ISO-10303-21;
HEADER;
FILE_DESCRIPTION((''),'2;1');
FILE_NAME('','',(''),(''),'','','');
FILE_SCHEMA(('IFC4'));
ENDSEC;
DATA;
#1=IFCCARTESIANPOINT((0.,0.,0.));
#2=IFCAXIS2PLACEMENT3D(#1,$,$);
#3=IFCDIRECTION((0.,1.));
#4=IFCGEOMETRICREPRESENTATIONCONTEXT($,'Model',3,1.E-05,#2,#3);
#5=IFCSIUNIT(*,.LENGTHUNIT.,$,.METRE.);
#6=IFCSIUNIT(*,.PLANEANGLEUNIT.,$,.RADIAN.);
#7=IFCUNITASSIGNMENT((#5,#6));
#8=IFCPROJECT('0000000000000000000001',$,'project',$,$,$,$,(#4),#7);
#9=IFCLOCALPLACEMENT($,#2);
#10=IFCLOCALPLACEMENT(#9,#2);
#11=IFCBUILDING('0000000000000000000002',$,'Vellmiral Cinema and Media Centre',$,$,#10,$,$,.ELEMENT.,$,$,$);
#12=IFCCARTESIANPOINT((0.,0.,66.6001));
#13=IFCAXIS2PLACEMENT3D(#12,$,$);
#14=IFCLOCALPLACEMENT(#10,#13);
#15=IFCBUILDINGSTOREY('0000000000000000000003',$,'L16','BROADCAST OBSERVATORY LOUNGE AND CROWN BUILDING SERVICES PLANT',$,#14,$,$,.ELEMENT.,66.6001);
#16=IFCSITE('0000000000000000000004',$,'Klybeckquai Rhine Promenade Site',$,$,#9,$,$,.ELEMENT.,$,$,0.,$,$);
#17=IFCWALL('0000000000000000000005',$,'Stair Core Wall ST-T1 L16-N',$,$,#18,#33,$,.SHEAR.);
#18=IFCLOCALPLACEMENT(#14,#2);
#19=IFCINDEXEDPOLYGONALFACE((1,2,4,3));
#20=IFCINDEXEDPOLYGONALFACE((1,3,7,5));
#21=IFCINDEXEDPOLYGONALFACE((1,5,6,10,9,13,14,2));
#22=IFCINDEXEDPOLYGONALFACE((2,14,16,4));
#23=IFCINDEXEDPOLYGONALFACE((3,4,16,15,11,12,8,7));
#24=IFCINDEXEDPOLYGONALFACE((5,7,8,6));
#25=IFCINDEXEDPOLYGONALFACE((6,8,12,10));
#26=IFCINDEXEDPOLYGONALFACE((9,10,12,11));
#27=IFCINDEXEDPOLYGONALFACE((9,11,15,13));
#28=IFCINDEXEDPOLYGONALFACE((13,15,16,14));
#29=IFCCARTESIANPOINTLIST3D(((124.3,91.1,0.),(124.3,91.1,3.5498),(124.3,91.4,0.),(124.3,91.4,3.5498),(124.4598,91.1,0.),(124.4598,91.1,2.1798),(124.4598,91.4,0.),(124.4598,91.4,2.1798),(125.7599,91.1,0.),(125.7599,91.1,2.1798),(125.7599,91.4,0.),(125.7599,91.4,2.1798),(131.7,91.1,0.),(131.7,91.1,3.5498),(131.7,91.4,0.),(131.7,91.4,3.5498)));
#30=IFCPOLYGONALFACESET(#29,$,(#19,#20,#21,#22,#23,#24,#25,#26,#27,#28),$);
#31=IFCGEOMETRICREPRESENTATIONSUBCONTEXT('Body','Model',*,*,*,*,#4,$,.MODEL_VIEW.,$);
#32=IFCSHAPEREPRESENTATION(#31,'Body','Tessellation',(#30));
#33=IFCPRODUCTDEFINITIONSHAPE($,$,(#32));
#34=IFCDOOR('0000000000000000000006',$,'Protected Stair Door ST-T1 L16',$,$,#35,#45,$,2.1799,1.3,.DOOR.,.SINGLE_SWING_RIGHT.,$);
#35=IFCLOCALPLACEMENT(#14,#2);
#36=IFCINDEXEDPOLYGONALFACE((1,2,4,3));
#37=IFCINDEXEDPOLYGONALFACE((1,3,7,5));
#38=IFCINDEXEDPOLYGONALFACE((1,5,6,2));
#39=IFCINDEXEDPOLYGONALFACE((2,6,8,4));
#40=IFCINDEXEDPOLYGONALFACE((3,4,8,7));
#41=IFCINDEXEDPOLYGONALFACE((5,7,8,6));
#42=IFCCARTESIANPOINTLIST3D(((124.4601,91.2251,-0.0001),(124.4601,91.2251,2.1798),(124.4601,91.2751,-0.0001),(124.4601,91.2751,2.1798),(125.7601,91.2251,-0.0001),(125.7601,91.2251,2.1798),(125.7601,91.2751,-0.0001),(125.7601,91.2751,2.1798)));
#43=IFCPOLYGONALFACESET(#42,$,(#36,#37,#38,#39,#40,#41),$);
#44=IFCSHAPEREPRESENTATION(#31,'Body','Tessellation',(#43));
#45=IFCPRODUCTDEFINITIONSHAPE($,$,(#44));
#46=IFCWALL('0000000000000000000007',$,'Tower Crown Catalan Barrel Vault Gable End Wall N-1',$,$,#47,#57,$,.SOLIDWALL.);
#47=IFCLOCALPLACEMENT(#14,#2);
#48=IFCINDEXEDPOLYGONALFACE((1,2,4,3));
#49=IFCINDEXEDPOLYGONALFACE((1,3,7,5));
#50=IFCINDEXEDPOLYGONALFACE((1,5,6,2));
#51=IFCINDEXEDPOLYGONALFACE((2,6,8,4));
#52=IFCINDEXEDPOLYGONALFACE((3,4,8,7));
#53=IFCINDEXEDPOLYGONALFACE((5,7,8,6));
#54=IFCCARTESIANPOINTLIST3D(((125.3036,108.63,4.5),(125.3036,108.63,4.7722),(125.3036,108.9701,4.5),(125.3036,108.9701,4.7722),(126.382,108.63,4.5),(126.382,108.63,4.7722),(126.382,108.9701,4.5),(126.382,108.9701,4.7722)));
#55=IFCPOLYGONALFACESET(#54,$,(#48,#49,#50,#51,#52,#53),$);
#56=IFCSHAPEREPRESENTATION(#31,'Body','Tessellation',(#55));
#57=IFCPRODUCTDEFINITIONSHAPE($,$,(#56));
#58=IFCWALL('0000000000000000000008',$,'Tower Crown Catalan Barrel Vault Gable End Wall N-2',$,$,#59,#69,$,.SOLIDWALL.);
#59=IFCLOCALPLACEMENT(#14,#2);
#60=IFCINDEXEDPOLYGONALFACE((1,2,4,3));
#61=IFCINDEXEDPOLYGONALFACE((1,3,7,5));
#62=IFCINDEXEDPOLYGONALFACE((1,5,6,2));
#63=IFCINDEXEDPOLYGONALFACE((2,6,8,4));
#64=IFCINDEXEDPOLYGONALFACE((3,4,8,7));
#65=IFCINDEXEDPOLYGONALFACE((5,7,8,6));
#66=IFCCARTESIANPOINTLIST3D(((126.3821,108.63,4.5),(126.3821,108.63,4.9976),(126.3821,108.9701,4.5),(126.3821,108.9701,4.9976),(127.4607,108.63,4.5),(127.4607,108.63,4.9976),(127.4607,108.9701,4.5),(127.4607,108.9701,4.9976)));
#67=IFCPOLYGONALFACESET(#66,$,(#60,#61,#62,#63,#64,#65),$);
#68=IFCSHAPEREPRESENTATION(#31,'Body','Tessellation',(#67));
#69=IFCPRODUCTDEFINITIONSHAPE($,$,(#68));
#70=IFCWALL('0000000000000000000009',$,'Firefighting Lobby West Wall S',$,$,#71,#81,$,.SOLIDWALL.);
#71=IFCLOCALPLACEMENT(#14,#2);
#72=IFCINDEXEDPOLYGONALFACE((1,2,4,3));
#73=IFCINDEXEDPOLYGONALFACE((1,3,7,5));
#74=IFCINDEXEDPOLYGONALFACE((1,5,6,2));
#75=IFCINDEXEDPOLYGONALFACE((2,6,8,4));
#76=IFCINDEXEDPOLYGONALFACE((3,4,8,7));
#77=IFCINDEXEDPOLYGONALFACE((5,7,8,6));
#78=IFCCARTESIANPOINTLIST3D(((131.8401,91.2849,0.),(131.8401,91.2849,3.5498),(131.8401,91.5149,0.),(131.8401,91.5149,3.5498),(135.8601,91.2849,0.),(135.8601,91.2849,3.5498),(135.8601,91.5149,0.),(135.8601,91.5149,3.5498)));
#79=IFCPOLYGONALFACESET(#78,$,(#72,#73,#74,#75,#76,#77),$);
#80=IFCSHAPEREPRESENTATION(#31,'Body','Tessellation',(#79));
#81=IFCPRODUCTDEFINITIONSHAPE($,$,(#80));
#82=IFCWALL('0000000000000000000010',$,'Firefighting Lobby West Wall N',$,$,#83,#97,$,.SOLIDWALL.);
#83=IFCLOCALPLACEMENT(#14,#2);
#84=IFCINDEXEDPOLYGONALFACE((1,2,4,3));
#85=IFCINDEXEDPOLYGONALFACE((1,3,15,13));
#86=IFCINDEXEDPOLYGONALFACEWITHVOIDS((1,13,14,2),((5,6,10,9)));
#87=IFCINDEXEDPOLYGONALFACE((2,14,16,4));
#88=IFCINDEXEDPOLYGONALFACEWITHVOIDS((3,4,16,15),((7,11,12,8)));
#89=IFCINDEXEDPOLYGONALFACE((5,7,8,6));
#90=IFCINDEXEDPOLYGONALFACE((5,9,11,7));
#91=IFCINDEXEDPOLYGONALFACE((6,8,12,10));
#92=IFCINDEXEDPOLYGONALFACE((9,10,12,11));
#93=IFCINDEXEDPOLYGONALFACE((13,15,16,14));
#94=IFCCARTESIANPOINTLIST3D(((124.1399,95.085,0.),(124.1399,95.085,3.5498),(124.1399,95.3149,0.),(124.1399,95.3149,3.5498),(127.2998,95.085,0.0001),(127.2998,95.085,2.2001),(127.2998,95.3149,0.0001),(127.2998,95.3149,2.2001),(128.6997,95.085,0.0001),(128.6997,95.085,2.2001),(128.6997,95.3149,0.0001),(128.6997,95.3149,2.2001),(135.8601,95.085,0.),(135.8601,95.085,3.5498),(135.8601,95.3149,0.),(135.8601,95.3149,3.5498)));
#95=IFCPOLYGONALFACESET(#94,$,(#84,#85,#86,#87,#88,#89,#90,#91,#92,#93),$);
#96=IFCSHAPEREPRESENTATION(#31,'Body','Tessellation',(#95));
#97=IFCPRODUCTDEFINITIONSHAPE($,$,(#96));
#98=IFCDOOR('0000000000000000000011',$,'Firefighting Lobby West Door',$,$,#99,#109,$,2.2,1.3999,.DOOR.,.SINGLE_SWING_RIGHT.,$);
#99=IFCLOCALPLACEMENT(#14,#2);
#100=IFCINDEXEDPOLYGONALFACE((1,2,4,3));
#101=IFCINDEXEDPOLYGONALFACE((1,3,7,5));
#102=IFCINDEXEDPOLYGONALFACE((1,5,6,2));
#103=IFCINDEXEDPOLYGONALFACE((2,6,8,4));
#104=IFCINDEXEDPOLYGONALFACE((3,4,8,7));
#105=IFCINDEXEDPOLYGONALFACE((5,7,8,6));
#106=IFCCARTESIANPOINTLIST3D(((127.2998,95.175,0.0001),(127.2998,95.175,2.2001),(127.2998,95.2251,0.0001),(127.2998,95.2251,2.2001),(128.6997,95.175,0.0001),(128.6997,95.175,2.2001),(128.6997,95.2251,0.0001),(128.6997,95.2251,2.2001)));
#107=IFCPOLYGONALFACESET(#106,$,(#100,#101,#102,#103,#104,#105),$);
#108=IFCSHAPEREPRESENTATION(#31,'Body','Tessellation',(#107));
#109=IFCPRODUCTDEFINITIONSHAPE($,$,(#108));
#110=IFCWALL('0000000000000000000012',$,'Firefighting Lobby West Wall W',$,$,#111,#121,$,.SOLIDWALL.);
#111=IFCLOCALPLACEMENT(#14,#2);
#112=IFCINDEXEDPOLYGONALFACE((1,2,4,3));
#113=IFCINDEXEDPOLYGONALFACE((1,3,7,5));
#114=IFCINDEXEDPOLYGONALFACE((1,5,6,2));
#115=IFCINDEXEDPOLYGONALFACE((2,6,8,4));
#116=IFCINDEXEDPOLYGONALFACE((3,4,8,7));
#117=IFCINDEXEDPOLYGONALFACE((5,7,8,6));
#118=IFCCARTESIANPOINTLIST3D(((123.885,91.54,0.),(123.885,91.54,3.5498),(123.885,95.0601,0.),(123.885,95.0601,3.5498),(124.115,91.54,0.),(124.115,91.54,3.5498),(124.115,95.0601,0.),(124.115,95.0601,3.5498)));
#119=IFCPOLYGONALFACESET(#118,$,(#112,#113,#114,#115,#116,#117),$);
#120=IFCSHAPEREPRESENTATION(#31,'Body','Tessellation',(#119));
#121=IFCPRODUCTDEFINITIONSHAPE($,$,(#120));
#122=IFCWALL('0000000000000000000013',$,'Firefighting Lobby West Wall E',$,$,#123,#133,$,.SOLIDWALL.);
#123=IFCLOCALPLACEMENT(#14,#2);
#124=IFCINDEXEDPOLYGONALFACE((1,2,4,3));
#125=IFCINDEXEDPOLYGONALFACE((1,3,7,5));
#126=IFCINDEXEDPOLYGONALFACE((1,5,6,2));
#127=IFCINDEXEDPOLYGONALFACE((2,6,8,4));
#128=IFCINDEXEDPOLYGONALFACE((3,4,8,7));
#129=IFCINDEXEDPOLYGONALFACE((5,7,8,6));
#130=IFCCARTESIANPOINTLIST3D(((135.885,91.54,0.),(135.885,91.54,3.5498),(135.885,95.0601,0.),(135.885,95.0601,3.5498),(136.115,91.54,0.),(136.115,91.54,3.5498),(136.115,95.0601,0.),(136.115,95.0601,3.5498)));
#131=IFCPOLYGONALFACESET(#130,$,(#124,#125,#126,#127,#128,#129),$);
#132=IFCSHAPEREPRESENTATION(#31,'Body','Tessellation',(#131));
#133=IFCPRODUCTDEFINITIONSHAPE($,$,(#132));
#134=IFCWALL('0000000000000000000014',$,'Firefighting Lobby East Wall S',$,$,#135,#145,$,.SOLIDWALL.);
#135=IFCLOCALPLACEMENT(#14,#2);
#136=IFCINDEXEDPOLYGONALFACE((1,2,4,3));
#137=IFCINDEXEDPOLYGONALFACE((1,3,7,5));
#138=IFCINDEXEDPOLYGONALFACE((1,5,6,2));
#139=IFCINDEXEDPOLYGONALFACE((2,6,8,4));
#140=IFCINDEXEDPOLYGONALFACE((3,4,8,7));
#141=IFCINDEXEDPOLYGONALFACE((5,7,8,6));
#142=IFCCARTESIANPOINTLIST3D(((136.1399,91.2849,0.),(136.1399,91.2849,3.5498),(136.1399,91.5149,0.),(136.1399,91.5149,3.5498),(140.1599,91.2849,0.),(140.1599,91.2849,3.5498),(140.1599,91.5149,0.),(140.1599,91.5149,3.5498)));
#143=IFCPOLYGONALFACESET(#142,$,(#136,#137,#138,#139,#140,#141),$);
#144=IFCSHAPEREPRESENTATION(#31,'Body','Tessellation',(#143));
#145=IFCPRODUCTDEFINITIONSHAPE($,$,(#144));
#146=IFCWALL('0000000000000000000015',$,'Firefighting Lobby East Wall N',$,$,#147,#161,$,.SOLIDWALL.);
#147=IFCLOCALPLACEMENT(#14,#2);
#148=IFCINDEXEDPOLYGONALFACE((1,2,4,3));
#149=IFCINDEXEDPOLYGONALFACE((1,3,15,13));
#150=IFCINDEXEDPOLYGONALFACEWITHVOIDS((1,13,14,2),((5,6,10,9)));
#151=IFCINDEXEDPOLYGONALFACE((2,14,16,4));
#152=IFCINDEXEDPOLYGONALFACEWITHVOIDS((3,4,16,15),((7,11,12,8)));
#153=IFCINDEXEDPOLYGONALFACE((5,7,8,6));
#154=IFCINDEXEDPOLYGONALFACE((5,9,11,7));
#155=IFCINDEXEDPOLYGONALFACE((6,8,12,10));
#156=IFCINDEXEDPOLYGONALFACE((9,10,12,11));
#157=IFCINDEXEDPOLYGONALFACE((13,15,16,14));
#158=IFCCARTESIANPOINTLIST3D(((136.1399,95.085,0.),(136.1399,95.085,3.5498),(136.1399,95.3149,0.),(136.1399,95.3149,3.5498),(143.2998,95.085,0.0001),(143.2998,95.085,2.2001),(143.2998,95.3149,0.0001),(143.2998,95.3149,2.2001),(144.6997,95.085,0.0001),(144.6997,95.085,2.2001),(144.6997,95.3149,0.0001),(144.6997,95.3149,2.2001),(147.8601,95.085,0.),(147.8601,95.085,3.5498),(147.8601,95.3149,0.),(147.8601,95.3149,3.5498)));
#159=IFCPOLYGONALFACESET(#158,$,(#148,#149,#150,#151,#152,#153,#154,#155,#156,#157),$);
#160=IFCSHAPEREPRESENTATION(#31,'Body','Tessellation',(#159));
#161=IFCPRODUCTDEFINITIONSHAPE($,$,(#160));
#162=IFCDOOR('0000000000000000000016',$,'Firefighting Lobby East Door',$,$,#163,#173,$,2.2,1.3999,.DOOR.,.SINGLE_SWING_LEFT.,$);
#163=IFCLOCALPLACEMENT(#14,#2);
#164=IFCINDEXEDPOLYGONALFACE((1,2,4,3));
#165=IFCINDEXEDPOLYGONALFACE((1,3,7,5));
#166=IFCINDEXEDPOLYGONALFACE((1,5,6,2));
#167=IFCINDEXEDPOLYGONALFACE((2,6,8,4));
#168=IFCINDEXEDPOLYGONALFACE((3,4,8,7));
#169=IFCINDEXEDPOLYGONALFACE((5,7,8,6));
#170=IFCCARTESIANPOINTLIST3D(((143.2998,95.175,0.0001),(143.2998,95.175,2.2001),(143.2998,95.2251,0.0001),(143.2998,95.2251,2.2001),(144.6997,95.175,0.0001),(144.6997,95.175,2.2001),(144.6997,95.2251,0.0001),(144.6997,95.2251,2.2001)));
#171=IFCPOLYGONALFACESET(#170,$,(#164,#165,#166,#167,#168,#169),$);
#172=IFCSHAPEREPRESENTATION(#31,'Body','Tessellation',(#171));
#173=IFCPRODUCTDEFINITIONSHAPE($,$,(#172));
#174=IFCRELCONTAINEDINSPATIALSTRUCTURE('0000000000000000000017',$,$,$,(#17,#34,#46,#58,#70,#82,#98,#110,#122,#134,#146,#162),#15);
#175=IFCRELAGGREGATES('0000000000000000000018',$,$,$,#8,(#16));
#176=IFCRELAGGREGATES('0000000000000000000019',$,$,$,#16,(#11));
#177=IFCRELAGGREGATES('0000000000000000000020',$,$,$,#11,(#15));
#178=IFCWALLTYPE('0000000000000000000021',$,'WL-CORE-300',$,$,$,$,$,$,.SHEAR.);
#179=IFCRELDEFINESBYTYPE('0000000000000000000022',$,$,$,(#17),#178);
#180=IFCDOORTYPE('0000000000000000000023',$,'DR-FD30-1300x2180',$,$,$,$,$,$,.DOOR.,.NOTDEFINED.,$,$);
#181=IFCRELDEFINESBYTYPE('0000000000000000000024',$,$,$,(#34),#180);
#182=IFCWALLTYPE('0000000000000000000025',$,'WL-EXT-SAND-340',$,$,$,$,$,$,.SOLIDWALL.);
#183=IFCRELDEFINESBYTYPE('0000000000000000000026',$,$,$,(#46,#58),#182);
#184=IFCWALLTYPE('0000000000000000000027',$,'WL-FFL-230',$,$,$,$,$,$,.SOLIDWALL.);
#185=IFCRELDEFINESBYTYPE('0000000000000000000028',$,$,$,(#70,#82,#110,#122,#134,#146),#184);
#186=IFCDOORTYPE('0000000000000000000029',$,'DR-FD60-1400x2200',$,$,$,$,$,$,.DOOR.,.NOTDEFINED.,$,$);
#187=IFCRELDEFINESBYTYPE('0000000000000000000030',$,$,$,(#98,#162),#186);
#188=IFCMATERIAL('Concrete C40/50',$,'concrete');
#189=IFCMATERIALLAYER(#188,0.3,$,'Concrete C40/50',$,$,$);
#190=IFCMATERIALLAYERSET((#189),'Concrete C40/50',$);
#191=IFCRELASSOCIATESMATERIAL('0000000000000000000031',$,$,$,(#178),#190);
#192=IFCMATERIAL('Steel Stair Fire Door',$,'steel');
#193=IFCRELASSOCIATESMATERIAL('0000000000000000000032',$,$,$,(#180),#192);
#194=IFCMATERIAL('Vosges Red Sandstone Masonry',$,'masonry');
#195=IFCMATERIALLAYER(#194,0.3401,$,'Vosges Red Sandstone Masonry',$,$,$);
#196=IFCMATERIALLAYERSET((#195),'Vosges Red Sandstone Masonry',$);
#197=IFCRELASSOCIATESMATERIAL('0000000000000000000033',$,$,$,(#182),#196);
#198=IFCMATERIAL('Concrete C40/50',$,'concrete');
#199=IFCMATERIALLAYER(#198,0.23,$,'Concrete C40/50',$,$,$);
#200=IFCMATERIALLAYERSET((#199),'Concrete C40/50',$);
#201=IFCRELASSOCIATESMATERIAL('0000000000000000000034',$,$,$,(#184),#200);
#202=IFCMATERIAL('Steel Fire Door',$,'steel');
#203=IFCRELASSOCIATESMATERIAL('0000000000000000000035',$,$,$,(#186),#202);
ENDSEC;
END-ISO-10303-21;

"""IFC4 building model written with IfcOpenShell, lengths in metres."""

from ifc_helpers import new_model, si_unit, direction, frame, frame_2d, origin, place, context, subcontext, project, spatial, rectangle, extrude, material, layer, layer_set, type_object, element, fill, save


model = new_model("IFC4")

# Units and contexts
model_context = context("Model", 3, precision=1e-05, world=origin(), true_north=direction((0.0, 1.0)))
body_context = subcontext(model_context, "Body", "Model", "MODEL_VIEW")
ifc_project = project(units=[si_unit("LENGTHUNIT", "METRE"), si_unit("PLANEANGLEUNIT", "RADIAN")], contexts=[model_context])

# Site, building, storey
site_placement = place(None, origin())
site = spatial("IfcSite", under=ifc_project, at=site_placement, Name="Klybeckquai Rhine Promenade Site", CompositionType="ELEMENT", RefElevation=0.0)
building_placement = place(site_placement, origin())
building = spatial("IfcBuilding", under=site, at=building_placement, Name="Vellmiral Cinema and Media Centre", CompositionType="ELEMENT")
storey_placement = place(building_placement, frame((0.0, 0.0, 66.6001)))
storey = spatial("IfcBuildingStorey", under=building, at=storey_placement, Name="L16", Description="BROADCAST OBSERVATORY LOUNGE AND CROWN BUILDING SERVICES PLANT", CompositionType="ELEMENT", Elevation=66.6001)

# Wall, opening, door
ifc_material_1 = material(Name="Concrete C40/50", Category="concrete")
ifc_layer_1 = layer(ifc_material_1, 0.3, Name="Concrete C40/50")
ifc_layer_set_1 = layer_set([ifc_layer_1], Name="Concrete C40/50")
wall_type_1 = type_object("IfcWallType", Name="WL-CORE-300", PredefinedType="SHEAR", material=ifc_layer_set_1)
wall_1_placement = place(storey_placement, frame((124.3, 91.25, 0.0), z_axis=(0.0, 0.0, 1.0), x_axis=(1.0, 0.0, 0.0)))
wall_1 = element("IfcWall", 1, at=wall_1_placement, inside=storey, type_object=wall_type_1, Name="Stair Core Wall ST-T1 L16-N", PredefinedType="SHEAR", context=body_context, shape_type="SweptSolid", body=[
    extrude(rectangle(XDim=7.3999, YDim=0.3, at=frame_2d((3.7, 0.0))), origin(), (0.0, 0.0, 1.0), 3.5498),
])
opening_1_placement = place(wall_1_placement, frame((0.1599, 0.0, 0.0)))
opening_1 = element("IfcOpeningElement", 2, at=opening_1_placement, cuts=wall_1, PredefinedType="OPENING", context=body_context, shape_type="SweptSolid", body=[
    extrude(rectangle(XDim=1.3, YDim=2.1799, at=frame_2d((0.6499, 1.0898))), frame((0.0, 0.1621, 0.0), z_axis=(0.0, -1.0, 0.0), x_axis=(1.0, 0.0, 0.0)), (0.0, 0.0, 1.0), 0.324),
])
ifc_material_2 = material(Name="Steel Stair Fire Door", Category="steel")
door_type_1 = type_object("IfcDoorType", Name="DR-FD30-1300x2180", OperationType="NOTDEFINED", PredefinedType="DOOR", material=ifc_material_2)
door_1_placement = place(opening_1_placement, frame((1.3, 0.0, 0.0), z_axis=(0.0, 0.0, 1.0), x_axis=(-1.0, 0.0, 0.0)))
door_1 = element("IfcDoor", 3, at=door_1_placement, inside=storey, type_object=door_type_1, Name="Protected Stair Door ST-T1 L16", OperationType="SINGLE_SWING_RIGHT", OverallHeight=2.1799, OverallWidth=1.3, PredefinedType="DOOR", context=body_context, shape_type="SweptSolid", body=[
    extrude(rectangle(XDim=1.3, YDim=2.1799, at=frame_2d((0.6499, 1.0898))), frame((0.0, 0.0249, 0.0), z_axis=(0.0, -1.0, 0.0), x_axis=(1.0, 0.0, 0.0)), (0.0, 0.0, 1.0), 0.05),
])
fill(opening_1, door_1)

# Walls
ifc_material_3 = material(Name="Vosges Red Sandstone Masonry", Category="masonry")
ifc_layer_2 = layer(ifc_material_3, 0.3401, Name="Vosges Red Sandstone Masonry")
ifc_layer_set_2 = layer_set([ifc_layer_2], Name="Vosges Red Sandstone Masonry")
wall_type_2 = type_object("IfcWallType", Name="WL-EXT-SAND-340", PredefinedType="SOLIDWALL", material=ifc_layer_set_2)
wall_2_placement = place(storey_placement, frame((125.3037, 108.8, 4.5), z_axis=(0.0, 0.0, 1.0), x_axis=(1.0, 0.0, 0.0)))
element("IfcWall", 4, at=wall_2_placement, inside=storey, type_object=wall_type_2, Name="Tower Crown Catalan Barrel Vault Gable End Wall N-1", PredefinedType="SOLIDWALL", context=body_context, shape_type="SweptSolid", body=[
    extrude(rectangle(XDim=1.0784, YDim=0.3401, at=frame_2d((0.5391, 0.0))), origin(), (0.0, 0.0, 1.0), 0.2722),
])
wall_3_placement = place(storey_placement, frame((126.3821, 108.8, 4.5), z_axis=(0.0, 0.0, 1.0), x_axis=(1.0, 0.0, 0.0)))
element("IfcWall", 5, at=wall_3_placement, inside=storey, type_object=wall_type_2, Name="Tower Crown Catalan Barrel Vault Gable End Wall N-2", PredefinedType="SOLIDWALL", context=body_context, shape_type="SweptSolid", body=[
    extrude(rectangle(XDim=1.0786, YDim=0.3401, at=frame_2d((0.5393, 0.0))), origin(), (0.0, 0.0, 1.0), 0.4976),
])
ifc_material_4 = material(Name="Concrete C40/50", Category="concrete")
ifc_layer_3 = layer(ifc_material_4, 0.23, Name="Concrete C40/50")
ifc_layer_set_3 = layer_set([ifc_layer_3], Name="Concrete C40/50")
wall_type_3 = type_object("IfcWallType", Name="WL-FFL-230", PredefinedType="SOLIDWALL", material=ifc_layer_set_3)
wall_4_placement = place(storey_placement, frame((131.8401, 91.3999, 0.0), z_axis=(0.0, 0.0, 1.0), x_axis=(1.0, 0.0, 0.0)))
element("IfcWall", 6, at=wall_4_placement, inside=storey, type_object=wall_type_3, Name="Firefighting Lobby West Wall S", PredefinedType="SOLIDWALL", context=body_context, shape_type="SweptSolid", body=[
    extrude(rectangle(XDim=4.02, YDim=0.23, at=frame_2d((2.01, 0.0))), origin(), (0.0, 0.0, 1.0), 3.5498),
])

# Wall, opening, door
wall_5_placement = place(storey_placement, frame((124.1399, 95.2, 0.0), z_axis=(0.0, 0.0, 1.0), x_axis=(1.0, 0.0, 0.0)))
wall_5 = element("IfcWall", 7, at=wall_5_placement, inside=storey, type_object=wall_type_3, Name="Firefighting Lobby West Wall N", PredefinedType="SOLIDWALL", context=body_context, shape_type="SweptSolid", body=[
    extrude(rectangle(XDim=11.7202, YDim=0.23, at=frame_2d((5.8601, 0.0))), origin(), (0.0, 0.0, 1.0), 3.5498),
])
opening_2_placement = place(wall_5_placement, frame((3.1599, 0.0, 0.0)))
opening_2 = element("IfcOpeningElement", 8, at=opening_2_placement, cuts=wall_5, PredefinedType="OPENING", context=body_context, shape_type="SweptSolid", body=[
    extrude(rectangle(XDim=1.3999, YDim=2.2, at=frame_2d((0.7, 1.1001))), frame((0.0, 0.127, 0.0), z_axis=(0.0, -1.0, 0.0), x_axis=(1.0, 0.0, 0.0)), (0.0, 0.0, 1.0), 0.2539),
])
ifc_material_5 = material(Name="Steel Fire Door", Category="steel")
door_type_2 = type_object("IfcDoorType", Name="DR-FD60-1400x2200", OperationType="NOTDEFINED", PredefinedType="DOOR", material=ifc_material_5)
door_2_placement = place(opening_2_placement, frame((1.3999, 0.0, 0.0), z_axis=(0.0, 0.0, 1.0), x_axis=(-1.0, 0.0, 0.0)))
door_2 = element("IfcDoor", 9, at=door_2_placement, inside=storey, type_object=door_type_2, Name="Firefighting Lobby West Door", OperationType="SINGLE_SWING_RIGHT", OverallHeight=2.2, OverallWidth=1.3999, PredefinedType="DOOR", context=body_context, shape_type="SweptSolid", body=[
    extrude(rectangle(XDim=1.3999, YDim=2.2, at=frame_2d((0.7, 1.1001))), frame((0.0, 0.0249, 0.0), z_axis=(0.0, -1.0, 0.0), x_axis=(1.0, 0.0, 0.0)), (0.0, 0.0, 1.0), 0.05),
])
fill(opening_2, door_2)

# Walls
for number, where, z_axis, x_axis, name in (
    (10, (124.0, 91.54, 0.0), (0.0, 0.0, 1.0), (0.0, 1.0, 0.0), "Firefighting Lobby West Wall W"),
    (11, (136.0, 91.54, 0.0), (0.0, 0.0, 1.0), (0.0, 1.0, 0.0), "Firefighting Lobby West Wall E"),
):
    element("IfcWall", number, at=place(storey_placement, frame(where, z_axis=z_axis, x_axis=x_axis)), inside=storey, type_object=wall_type_3, Name=name, PredefinedType="SOLIDWALL", context=body_context, shape_type="SweptSolid", body=[
        extrude(rectangle(XDim=3.52, YDim=0.23, at=frame_2d((1.76, 0.0))), origin(), (0.0, 0.0, 1.0), 3.5498),
    ])
wall_6_placement = place(storey_placement, frame((136.1399, 91.3999, 0.0), z_axis=(0.0, 0.0, 1.0), x_axis=(1.0, 0.0, 0.0)))
element("IfcWall", 12, at=wall_6_placement, inside=storey, type_object=wall_type_3, Name="Firefighting Lobby East Wall S", PredefinedType="SOLIDWALL", context=body_context, shape_type="SweptSolid", body=[
    extrude(rectangle(XDim=4.02, YDim=0.23, at=frame_2d((2.01, 0.0))), origin(), (0.0, 0.0, 1.0), 3.5498),
])

# Wall, opening, door
wall_7_placement = place(storey_placement, frame((136.1399, 95.2, 0.0), z_axis=(0.0, 0.0, 1.0), x_axis=(1.0, 0.0, 0.0)))
wall_7 = element("IfcWall", 13, at=wall_7_placement, inside=storey, type_object=wall_type_3, Name="Firefighting Lobby East Wall N", PredefinedType="SOLIDWALL", context=body_context, shape_type="SweptSolid", body=[
    extrude(rectangle(XDim=11.7202, YDim=0.23, at=frame_2d((5.8601, 0.0))), origin(), (0.0, 0.0, 1.0), 3.5498),
])
opening_3_placement = place(wall_7_placement, frame((7.1599, 0.0, 0.0)))
opening_3 = element("IfcOpeningElement", 14, at=opening_3_placement, cuts=wall_7, PredefinedType="OPENING", context=body_context, shape_type="SweptSolid", body=[
    extrude(rectangle(XDim=1.3999, YDim=2.2, at=frame_2d((0.7, 1.1001))), frame((0.0, 0.127, 0.0), z_axis=(0.0, -1.0, 0.0), x_axis=(1.0, 0.0, 0.0)), (0.0, 0.0, 1.0), 0.2539),
])
door_3_placement = place(opening_3_placement, frame((1.3999, 0.0, 0.0), z_axis=(0.0, 0.0, 1.0), x_axis=(-1.0, 0.0, 0.0)))
door_3 = element("IfcDoor", 15, at=door_3_placement, inside=storey, type_object=door_type_2, Name="Firefighting Lobby East Door", OperationType="SINGLE_SWING_LEFT", OverallHeight=2.2, OverallWidth=1.3999, PredefinedType="DOOR", context=body_context, shape_type="SweptSolid", body=[
    extrude(rectangle(XDim=1.3999, YDim=2.2, at=frame_2d((0.7, 1.1001))), frame((0.0, 0.0249, 0.0), z_axis=(0.0, -1.0, 0.0), x_axis=(1.0, 0.0, 0.0)), (0.0, 0.0, 1.0), 0.05),
])
fill(opening_3, door_3)

save(model, "model.ifc")
